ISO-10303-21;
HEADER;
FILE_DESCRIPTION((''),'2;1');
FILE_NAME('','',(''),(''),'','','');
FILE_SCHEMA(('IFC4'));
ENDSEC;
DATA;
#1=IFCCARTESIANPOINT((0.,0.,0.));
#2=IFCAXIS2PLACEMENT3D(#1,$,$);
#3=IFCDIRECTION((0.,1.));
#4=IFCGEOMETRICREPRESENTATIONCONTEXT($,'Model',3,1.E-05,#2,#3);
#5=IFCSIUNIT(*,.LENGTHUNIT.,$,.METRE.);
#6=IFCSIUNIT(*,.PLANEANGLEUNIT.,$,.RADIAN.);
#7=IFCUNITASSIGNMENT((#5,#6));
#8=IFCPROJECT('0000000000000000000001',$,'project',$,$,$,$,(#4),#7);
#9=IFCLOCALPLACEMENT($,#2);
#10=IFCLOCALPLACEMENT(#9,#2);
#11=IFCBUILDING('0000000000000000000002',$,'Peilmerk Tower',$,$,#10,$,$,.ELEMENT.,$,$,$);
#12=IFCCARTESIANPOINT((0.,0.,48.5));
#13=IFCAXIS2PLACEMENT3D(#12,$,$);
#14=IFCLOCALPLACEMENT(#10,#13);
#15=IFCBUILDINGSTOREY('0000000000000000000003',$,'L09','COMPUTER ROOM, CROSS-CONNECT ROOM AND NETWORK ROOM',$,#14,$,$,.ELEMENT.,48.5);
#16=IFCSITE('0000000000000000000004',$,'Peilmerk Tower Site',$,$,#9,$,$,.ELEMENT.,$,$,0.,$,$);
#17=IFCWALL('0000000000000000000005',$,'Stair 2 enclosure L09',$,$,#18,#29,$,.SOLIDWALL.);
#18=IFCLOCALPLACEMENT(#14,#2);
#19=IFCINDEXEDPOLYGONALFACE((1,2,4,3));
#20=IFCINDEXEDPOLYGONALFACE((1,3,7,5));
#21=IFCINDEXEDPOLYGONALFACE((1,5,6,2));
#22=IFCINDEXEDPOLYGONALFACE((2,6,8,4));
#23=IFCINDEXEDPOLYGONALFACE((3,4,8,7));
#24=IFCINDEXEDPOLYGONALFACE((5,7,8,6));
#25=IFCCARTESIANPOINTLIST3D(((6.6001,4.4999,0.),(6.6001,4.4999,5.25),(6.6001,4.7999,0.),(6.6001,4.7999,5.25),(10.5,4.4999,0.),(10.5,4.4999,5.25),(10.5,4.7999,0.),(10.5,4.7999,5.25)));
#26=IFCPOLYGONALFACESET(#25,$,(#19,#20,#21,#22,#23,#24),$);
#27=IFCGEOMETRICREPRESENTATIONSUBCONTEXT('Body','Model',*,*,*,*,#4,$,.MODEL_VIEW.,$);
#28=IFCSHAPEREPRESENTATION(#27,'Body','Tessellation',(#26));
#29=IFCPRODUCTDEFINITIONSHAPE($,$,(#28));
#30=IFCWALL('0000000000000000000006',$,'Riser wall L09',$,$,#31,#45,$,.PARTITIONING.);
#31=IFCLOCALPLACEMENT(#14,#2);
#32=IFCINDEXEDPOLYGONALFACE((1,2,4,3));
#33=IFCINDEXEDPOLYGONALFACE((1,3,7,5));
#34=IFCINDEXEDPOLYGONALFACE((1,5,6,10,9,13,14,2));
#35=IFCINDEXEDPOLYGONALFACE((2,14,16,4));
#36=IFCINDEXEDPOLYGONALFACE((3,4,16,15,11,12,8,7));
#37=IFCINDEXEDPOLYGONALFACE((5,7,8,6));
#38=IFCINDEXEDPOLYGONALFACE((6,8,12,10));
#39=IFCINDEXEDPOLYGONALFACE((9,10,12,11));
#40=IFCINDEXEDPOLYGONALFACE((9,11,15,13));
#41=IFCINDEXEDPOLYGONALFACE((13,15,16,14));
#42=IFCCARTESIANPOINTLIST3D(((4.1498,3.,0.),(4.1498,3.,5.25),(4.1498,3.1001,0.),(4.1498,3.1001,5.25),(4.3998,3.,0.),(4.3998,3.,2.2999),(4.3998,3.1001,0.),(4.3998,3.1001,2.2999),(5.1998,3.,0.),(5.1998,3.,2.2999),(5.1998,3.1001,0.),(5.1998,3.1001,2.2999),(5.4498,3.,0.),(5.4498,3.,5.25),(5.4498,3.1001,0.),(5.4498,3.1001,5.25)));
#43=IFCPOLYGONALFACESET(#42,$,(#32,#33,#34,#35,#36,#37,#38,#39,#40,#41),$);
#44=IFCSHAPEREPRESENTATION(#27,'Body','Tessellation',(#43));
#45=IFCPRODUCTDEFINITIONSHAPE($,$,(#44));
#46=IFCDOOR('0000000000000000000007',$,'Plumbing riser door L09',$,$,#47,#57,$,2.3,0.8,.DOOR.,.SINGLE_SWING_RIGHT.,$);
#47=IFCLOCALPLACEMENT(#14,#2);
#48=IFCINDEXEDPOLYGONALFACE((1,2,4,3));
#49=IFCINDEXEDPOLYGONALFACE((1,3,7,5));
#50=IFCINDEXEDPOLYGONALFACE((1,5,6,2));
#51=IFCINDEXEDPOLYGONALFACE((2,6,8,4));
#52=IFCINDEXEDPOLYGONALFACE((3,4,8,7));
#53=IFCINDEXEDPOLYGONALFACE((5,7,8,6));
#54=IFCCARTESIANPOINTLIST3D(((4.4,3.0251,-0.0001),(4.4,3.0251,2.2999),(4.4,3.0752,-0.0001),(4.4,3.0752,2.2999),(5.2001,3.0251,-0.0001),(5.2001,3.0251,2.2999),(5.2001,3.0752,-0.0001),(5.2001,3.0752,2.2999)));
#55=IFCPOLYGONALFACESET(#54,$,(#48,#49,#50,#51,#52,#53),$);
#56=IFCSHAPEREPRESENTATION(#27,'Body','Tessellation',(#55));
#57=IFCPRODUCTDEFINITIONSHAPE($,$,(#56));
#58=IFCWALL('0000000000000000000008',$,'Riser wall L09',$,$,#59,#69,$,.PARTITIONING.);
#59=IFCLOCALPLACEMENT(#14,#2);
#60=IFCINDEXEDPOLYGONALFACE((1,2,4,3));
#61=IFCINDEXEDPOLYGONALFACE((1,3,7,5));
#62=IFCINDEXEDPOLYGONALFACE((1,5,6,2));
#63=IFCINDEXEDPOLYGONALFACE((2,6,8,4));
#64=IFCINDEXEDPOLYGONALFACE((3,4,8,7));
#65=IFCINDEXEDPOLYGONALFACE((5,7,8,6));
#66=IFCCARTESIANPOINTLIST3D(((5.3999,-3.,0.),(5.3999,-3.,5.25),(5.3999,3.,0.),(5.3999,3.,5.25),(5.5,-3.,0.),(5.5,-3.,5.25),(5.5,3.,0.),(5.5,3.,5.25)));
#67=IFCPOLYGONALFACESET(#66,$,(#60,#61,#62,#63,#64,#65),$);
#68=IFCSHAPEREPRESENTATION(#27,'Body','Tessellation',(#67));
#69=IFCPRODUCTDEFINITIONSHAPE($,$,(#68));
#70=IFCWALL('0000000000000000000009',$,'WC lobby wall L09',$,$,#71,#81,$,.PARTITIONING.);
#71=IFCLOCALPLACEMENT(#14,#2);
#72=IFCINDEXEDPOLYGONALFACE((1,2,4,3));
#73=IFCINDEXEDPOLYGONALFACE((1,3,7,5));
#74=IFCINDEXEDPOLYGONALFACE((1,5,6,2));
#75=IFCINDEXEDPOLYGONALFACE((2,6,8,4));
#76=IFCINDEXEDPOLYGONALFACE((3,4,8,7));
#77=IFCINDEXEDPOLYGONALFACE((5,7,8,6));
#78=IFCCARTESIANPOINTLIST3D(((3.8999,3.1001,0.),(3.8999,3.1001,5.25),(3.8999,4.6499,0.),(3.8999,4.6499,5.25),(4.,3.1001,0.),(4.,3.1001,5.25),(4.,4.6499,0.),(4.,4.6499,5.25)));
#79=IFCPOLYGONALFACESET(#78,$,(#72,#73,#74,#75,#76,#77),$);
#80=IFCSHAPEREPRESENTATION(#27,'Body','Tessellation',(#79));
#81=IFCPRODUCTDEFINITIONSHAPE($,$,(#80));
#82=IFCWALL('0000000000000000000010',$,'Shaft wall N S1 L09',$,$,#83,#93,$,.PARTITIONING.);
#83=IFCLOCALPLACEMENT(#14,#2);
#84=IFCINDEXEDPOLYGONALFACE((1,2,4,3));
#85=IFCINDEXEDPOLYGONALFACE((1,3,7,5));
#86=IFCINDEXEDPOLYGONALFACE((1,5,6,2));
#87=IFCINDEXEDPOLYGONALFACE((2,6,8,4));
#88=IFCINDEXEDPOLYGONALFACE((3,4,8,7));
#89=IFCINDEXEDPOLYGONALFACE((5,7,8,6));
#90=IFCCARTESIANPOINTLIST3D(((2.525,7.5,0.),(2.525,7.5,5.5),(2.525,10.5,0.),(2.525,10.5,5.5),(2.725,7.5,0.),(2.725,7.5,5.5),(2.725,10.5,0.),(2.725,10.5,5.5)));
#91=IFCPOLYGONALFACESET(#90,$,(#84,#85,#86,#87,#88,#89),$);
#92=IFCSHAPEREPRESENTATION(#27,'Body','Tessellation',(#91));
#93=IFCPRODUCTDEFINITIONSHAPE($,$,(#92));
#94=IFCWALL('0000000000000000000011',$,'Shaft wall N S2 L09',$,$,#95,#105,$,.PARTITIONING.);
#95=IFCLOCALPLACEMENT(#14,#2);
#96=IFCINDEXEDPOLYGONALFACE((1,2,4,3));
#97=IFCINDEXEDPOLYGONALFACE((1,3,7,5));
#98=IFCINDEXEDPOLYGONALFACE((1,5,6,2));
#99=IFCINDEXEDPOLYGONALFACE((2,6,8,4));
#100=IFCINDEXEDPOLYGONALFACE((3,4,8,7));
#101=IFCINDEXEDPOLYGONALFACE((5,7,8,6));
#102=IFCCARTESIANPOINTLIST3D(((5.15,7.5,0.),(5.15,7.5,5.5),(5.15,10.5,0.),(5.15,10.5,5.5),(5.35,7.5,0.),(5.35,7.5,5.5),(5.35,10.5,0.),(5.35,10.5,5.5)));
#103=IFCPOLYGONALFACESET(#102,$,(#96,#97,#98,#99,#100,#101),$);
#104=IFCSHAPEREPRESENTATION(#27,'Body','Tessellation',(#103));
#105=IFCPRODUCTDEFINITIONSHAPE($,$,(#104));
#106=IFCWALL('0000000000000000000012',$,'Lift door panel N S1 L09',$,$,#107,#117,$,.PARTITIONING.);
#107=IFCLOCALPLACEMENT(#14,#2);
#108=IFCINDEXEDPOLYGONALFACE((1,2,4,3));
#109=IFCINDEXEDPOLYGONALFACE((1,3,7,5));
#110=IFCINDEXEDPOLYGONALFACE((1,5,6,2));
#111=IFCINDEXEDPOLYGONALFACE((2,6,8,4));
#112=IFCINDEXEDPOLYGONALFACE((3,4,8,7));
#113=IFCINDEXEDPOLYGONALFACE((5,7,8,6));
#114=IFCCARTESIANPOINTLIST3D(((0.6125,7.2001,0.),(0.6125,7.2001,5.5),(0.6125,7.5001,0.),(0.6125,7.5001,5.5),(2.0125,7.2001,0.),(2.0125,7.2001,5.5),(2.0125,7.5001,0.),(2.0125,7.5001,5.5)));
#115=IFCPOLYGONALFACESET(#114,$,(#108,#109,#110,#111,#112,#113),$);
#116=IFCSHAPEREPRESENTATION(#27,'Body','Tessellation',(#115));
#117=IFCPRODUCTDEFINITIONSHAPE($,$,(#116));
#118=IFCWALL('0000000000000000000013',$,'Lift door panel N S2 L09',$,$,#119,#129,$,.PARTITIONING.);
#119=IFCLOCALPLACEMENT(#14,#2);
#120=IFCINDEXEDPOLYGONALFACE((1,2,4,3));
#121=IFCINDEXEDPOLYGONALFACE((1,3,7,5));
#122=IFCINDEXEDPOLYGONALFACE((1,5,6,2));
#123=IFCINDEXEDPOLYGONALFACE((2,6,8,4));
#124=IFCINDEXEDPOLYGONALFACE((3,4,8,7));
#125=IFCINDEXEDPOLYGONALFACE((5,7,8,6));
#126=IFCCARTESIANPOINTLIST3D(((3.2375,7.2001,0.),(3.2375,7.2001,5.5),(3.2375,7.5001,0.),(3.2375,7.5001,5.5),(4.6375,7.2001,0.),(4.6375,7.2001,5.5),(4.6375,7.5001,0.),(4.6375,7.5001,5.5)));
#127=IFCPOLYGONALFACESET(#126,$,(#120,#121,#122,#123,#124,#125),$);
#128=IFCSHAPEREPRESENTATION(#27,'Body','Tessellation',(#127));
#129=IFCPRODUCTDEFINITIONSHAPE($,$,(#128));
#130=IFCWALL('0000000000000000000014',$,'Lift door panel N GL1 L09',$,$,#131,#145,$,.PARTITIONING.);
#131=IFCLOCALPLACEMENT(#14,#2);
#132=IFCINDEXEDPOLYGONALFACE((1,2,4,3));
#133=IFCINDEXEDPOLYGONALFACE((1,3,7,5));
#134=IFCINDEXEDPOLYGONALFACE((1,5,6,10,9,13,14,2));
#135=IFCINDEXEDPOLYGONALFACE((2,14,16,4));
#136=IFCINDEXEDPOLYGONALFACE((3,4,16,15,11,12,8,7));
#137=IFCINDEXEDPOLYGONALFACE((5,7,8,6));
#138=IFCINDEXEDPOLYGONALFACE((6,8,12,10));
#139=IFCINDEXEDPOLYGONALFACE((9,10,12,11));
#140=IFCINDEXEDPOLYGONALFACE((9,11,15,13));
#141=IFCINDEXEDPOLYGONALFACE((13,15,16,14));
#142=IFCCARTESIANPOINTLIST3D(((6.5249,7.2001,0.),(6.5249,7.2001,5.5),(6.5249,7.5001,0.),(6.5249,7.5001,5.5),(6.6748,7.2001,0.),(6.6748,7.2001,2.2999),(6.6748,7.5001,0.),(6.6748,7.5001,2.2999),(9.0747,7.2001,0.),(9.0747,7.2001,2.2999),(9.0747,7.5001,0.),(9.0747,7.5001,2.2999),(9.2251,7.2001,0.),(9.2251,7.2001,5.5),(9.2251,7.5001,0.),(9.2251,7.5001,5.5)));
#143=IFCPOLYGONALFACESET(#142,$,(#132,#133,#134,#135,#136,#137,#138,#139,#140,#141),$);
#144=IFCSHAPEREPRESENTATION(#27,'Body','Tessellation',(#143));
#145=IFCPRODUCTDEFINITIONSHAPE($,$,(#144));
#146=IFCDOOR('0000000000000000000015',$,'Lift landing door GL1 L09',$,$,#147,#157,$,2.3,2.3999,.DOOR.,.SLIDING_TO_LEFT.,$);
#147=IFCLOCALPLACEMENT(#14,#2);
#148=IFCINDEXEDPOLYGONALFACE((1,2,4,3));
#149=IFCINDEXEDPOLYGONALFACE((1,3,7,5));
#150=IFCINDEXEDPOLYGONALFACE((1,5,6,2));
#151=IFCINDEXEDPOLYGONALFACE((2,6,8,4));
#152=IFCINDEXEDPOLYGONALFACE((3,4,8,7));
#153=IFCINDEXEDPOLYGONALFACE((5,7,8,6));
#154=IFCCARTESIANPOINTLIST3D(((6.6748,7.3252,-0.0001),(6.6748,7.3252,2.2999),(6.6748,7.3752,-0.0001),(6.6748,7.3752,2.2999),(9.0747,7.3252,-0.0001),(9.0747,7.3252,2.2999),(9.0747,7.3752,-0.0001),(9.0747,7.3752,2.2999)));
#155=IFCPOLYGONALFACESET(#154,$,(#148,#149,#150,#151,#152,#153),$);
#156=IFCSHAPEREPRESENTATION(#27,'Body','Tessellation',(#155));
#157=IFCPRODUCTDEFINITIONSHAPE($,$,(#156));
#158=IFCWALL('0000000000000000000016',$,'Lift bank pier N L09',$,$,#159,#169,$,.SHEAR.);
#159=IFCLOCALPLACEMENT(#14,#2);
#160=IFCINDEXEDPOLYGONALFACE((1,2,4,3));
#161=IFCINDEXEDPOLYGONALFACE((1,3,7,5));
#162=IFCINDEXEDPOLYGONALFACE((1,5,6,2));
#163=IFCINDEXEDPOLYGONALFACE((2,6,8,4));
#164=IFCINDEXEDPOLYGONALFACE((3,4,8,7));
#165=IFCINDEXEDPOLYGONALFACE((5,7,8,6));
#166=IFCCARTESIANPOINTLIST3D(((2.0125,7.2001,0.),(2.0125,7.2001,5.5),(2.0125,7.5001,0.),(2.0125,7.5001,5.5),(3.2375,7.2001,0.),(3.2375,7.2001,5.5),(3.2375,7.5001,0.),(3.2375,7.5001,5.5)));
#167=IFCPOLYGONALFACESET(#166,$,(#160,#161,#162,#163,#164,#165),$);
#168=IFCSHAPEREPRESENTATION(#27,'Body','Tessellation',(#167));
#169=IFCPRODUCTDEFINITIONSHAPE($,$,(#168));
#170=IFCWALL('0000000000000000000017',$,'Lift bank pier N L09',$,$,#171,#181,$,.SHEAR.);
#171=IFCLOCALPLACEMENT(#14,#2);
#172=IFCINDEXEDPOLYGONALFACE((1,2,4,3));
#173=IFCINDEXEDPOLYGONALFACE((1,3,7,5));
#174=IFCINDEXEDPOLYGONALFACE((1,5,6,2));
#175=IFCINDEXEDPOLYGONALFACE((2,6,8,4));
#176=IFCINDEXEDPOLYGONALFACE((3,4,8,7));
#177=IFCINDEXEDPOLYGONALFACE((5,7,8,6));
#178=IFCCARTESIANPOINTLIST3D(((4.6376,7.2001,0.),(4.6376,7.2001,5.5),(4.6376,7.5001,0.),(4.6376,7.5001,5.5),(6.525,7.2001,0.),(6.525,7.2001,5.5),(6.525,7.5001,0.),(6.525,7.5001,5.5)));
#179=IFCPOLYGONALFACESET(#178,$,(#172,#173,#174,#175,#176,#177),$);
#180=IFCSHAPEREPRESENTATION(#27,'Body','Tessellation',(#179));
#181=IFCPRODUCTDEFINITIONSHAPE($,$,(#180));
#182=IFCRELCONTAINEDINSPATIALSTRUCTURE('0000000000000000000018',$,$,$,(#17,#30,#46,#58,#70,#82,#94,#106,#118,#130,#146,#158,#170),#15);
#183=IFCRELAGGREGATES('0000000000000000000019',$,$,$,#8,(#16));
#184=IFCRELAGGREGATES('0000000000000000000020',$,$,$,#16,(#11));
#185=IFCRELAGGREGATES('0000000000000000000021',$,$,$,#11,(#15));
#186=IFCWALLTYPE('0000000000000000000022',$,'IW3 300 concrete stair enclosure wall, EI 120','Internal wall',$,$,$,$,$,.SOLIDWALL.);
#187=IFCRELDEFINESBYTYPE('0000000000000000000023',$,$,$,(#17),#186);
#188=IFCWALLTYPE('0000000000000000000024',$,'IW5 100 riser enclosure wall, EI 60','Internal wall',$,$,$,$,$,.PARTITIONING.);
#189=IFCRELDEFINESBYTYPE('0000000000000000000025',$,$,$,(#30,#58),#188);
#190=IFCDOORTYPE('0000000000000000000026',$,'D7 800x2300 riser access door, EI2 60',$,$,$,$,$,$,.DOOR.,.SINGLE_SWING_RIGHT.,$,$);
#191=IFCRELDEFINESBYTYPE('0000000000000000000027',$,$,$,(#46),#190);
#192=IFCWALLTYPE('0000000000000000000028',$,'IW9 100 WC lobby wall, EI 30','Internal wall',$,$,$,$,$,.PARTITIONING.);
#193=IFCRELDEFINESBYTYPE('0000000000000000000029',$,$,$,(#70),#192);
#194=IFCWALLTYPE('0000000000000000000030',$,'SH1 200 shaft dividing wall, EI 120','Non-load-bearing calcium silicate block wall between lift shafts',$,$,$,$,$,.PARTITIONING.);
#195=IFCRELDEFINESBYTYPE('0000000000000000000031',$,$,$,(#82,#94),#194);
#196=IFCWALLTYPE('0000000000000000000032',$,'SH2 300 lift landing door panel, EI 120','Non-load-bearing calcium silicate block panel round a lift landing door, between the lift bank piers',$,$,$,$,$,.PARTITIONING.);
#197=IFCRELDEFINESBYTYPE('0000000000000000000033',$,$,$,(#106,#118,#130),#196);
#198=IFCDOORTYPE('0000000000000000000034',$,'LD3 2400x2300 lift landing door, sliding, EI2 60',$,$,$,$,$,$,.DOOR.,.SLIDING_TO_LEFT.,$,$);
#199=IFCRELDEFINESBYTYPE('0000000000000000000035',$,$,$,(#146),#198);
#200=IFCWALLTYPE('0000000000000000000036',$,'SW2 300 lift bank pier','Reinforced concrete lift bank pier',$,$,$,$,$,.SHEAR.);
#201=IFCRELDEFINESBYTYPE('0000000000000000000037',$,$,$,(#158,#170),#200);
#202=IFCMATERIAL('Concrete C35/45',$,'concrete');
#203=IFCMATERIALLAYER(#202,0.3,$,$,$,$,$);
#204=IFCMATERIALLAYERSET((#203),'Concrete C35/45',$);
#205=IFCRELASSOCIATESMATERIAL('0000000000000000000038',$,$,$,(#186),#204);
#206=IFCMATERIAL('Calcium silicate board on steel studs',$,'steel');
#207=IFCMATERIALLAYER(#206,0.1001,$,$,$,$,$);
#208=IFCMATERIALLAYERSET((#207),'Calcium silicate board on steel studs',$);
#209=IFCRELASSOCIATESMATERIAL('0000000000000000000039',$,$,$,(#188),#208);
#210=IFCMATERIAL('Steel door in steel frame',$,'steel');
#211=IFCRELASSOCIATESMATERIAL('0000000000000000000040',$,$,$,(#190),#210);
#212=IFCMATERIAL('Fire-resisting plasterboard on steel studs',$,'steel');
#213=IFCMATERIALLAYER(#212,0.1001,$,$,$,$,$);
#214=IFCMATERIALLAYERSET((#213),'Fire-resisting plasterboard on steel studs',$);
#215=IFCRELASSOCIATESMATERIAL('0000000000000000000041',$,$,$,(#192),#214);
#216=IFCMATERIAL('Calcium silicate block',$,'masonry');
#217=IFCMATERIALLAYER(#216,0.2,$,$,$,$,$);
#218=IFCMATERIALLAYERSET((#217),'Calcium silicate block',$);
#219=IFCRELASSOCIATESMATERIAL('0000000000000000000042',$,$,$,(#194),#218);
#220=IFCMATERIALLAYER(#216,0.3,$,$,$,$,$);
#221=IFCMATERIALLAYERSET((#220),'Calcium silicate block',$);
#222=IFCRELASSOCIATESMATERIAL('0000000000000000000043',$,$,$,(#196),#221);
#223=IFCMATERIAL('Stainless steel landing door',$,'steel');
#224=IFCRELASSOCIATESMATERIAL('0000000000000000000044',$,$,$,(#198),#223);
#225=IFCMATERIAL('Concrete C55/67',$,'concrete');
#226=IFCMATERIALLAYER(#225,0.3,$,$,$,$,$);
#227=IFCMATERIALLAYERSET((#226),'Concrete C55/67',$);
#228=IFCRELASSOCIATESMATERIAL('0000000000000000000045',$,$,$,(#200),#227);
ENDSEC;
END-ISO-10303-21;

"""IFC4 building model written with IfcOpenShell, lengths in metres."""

from ifc_helpers import new_model, si_unit, direction, frame, frame_2d, origin, place, context, subcontext, project, spatial, rectangle, extrude, material, layer, layer_set, type_object, element, fill, save


model = new_model("IFC4")

# Units and contexts
model_context = context("Model", 3, precision=1e-05, world=origin(), true_north=direction((0.0, 1.0)))
body_context = subcontext(model_context, "Body", "Model", "MODEL_VIEW")
ifc_project = project(units=[si_unit("LENGTHUNIT", "METRE"), si_unit("PLANEANGLEUNIT", "RADIAN")], contexts=[model_context])

# Site, building, storey
site_placement = place(None, origin())
site = spatial("IfcSite", under=ifc_project, at=site_placement, Name="Peilmerk Tower Site", CompositionType="ELEMENT", RefElevation=0.0)
building_placement = place(site_placement, origin())
building = spatial("IfcBuilding", under=site, at=building_placement, Name="Peilmerk Tower", CompositionType="ELEMENT")
storey_placement = place(building_placement, frame((0.0, 0.0, 48.5)))
storey = spatial("IfcBuildingStorey", under=building, at=storey_placement, Name="L09", Description="COMPUTER ROOM, CROSS-CONNECT ROOM AND NETWORK ROOM", CompositionType="ELEMENT", Elevation=48.5)

# Wall
ifc_material_1 = material(Name="Concrete C35/45", Category="concrete")
ifc_layer_1 = layer(ifc_material_1, 0.3)
ifc_layer_set_1 = layer_set([ifc_layer_1], Name="Concrete C35/45")
wall_type_1 = type_object("IfcWallType", Name="IW3 300 concrete stair enclosure wall, EI 120", Description="Internal wall", PredefinedType="SOLIDWALL", material=ifc_layer_set_1)
wall_1_placement = place(storey_placement, frame((6.6001, 4.6499, 0.0), z_axis=(0.0, 0.0, 1.0), x_axis=(1.0, 0.0, 0.0)))
element("IfcWall", 1, at=wall_1_placement, inside=storey, type_object=wall_type_1, Name="Stair 2 enclosure L09", PredefinedType="SOLIDWALL", context=body_context, shape_type="SweptSolid", body=[
    extrude(rectangle(XDim=3.8999, YDim=0.3, at=frame_2d((1.95, 0.0))), origin(), (0.0, 0.0, 1.0), 5.25),
])

# Wall, opening, door
ifc_material_2 = material(Name="Calcium silicate board on steel studs", Category="steel")
ifc_layer_2 = layer(ifc_material_2, 0.1001)
ifc_layer_set_2 = layer_set([ifc_layer_2], Name="Calcium silicate board on steel studs")
wall_type_2 = type_object("IfcWallType", Name="IW5 100 riser enclosure wall, EI 60", Description="Internal wall", PredefinedType="PARTITIONING", material=ifc_layer_set_2)
wall_2_placement = place(storey_placement, frame((4.1499, 3.05, 0.0), z_axis=(0.0, 0.0, 1.0), x_axis=(1.0, 0.0, 0.0)))
wall_2 = element("IfcWall", 2, at=wall_2_placement, inside=storey, type_object=wall_type_2, Name="Riser wall L09", PredefinedType="PARTITIONING", context=body_context, shape_type="SweptSolid", body=[
    extrude(rectangle(XDim=1.3, YDim=0.1001, at=frame_2d((0.6499, 0.0))), origin(), (0.0, 0.0, 1.0), 5.25),
])
opening_1_placement = place(wall_2_placement, frame((0.25, 0.0, 0.0)))
opening_1 = element("IfcOpeningElement", 3, at=opening_1_placement, cuts=wall_2, PredefinedType="OPENING", context=body_context, shape_type="SweptSolid", body=[
    extrude(rectangle(XDim=0.8, YDim=2.3, at=frame_2d((0.3999, 1.1499))), frame((0.0, 0.0601, 0.0), z_axis=(0.0, -1.0, 0.0), x_axis=(1.0, 0.0, 0.0)), (0.0, 0.0, 1.0), 0.1201),
])
ifc_material_3 = material(Name="Steel door in steel frame", Category="steel")
door_type_1 = type_object("IfcDoorType", Name="D7 800x2300 riser access door, EI2 60", OperationType="SINGLE_SWING_RIGHT", PredefinedType="DOOR", material=ifc_material_3)
door_1_placement = place(opening_1_placement, frame((0.8, 0.0, 0.0), z_axis=(0.0, 0.0, 1.0), x_axis=(-1.0, 0.0, 0.0)))
door_1 = element("IfcDoor", 4, at=door_1_placement, inside=storey, type_object=door_type_1, Name="Plumbing riser door L09", OperationType="SINGLE_SWING_RIGHT", OverallHeight=2.3, OverallWidth=0.8, PredefinedType="DOOR", context=body_context, shape_type="SweptSolid", body=[
    extrude(rectangle(XDim=0.8, YDim=2.3, at=frame_2d((0.3999, 1.1499))), frame((0.0, 0.0249, 0.0), z_axis=(0.0, -1.0, 0.0), x_axis=(1.0, 0.0, 0.0)), (0.0, 0.0, 1.0), 0.05),
])
fill(opening_1, door_1)

# Walls
wall_3_placement = place(storey_placement, frame((5.45, 3.0, 0.0), z_axis=(0.0, 0.0, 1.0), x_axis=(0.0, -1.0, 0.0)))
element("IfcWall", 5, at=wall_3_placement, inside=storey, type_object=wall_type_2, Name="Riser wall L09", PredefinedType="PARTITIONING", context=body_context, shape_type="SweptSolid", body=[
    extrude(rectangle(XDim=6.0, YDim=0.1001, at=frame_2d((3.0, 0.0))), origin(), (0.0, 0.0, 1.0), 5.25),
])
ifc_material_4 = material(Name="Fire-resisting plasterboard on steel studs", Category="steel")
ifc_layer_3 = layer(ifc_material_4, 0.1001)
ifc_layer_set_3 = layer_set([ifc_layer_3], Name="Fire-resisting plasterboard on steel studs")
wall_type_3 = type_object("IfcWallType", Name="IW9 100 WC lobby wall, EI 30", Description="Internal wall", PredefinedType="PARTITIONING", material=ifc_layer_set_3)
wall_4_placement = place(storey_placement, frame((3.95, 3.1001, 0.0), z_axis=(0.0, 0.0, 1.0), x_axis=(0.0, 1.0, 0.0)))
element("IfcWall", 6, at=wall_4_placement, inside=storey, type_object=wall_type_3, Name="WC lobby wall L09", PredefinedType="PARTITIONING", context=body_context, shape_type="SweptSolid", body=[
    extrude(rectangle(XDim=1.5498, YDim=0.1001, at=frame_2d((0.7749, 0.0))), origin(), (0.0, 0.0, 1.0), 5.25),
])
ifc_material_5 = material(Name="Calcium silicate block", Category="masonry")
ifc_layer_4 = layer(ifc_material_5, 0.2)
ifc_layer_set_4 = layer_set([ifc_layer_4], Name="Calcium silicate block")
wall_type_4 = type_object("IfcWallType", Name="SH1 200 shaft dividing wall, EI 120", Description="Non-load-bearing calcium silicate block wall between lift shafts", PredefinedType="PARTITIONING", material=ifc_layer_set_4)
for number, where, z_axis, x_axis, name in (
    (7, (2.625, 7.5, 0.0), (0.0, 0.0, 1.0), (0.0, 1.0, 0.0), "Shaft wall N S1 L09"),
    (8, (5.25, 7.5, 0.0), (0.0, 0.0, 1.0), (0.0, 1.0, 0.0), "Shaft wall N S2 L09"),
):
    element("IfcWall", number, at=place(storey_placement, frame(where, z_axis=z_axis, x_axis=x_axis)), inside=storey, type_object=wall_type_4, Name=name, PredefinedType="PARTITIONING", context=body_context, shape_type="SweptSolid", body=[
        extrude(rectangle(XDim=3.0, YDim=0.2, at=frame_2d((1.5, 0.0))), origin(), (0.0, 0.0, 1.0), 5.5),
    ])
ifc_layer_5 = layer(ifc_material_5, 0.3)
ifc_layer_set_5 = layer_set([ifc_layer_5], Name="Calcium silicate block")
wall_type_5 = type_object("IfcWallType", Name="SH2 300 lift landing door panel, EI 120", Description="Non-load-bearing calcium silicate block panel round a lift landing door, between the lift bank piers", PredefinedType="PARTITIONING", material=ifc_layer_set_5)
for number, where, z_axis, x_axis, name in (
    (9, (0.6125, 7.3501, 0.0), (0.0, 0.0, 1.0), (1.0, 0.0, 0.0), "Lift door panel N S1 L09"),
    (10, (3.2375, 7.3501, 0.0), (0.0, 0.0, 1.0), (1.0, 0.0, 0.0), "Lift door panel N S2 L09"),
):
    element("IfcWall", number, at=place(storey_placement, frame(where, z_axis=z_axis, x_axis=x_axis)), inside=storey, type_object=wall_type_5, Name=name, PredefinedType="PARTITIONING", context=body_context, shape_type="SweptSolid", body=[
        extrude(rectangle(XDim=1.3999, YDim=0.3, at=frame_2d((0.7, 0.0))), origin(), (0.0, 0.0, 1.0), 5.5),
    ])

# Wall, opening, door
wall_5_placement = place(storey_placement, frame((6.5249, 7.3501, 0.0), z_axis=(0.0, 0.0, 1.0), x_axis=(1.0, 0.0, 0.0)))
wall_5 = element("IfcWall", 11, at=wall_5_placement, inside=storey, type_object=wall_type_5, Name="Lift door panel N GL1 L09", PredefinedType="PARTITIONING", context=body_context, shape_type="SweptSolid", body=[
    extrude(rectangle(XDim=2.7002, YDim=0.3, at=frame_2d((1.3501, 0.0))), origin(), (0.0, 0.0, 1.0), 5.5),
])
opening_2_placement = place(wall_5_placement, frame((0.1499, 0.0, 0.0)))
opening_2 = element("IfcOpeningElement", 12, at=opening_2_placement, cuts=wall_5, PredefinedType="OPENING", context=body_context, shape_type="SweptSolid", body=[
    extrude(rectangle(XDim=2.3999, YDim=2.3, at=frame_2d((1.2, 1.1499))), frame((0.0, 0.1599, 0.0), z_axis=(0.0, -1.0, 0.0), x_axis=(1.0, 0.0, 0.0)), (0.0, 0.0, 1.0), 0.3201),
])
ifc_material_6 = material(Name="Stainless steel landing door", Category="steel")
door_type_2 = type_object("IfcDoorType", Name="LD3 2400x2300 lift landing door, sliding, EI2 60", OperationType="SLIDING_TO_LEFT", PredefinedType="DOOR", material=ifc_material_6)
door_2_placement = place(opening_2_placement, frame((2.3999, 0.0, 0.0), z_axis=(0.0, 0.0, 1.0), x_axis=(-1.0, 0.0, 0.0)))
door_2 = element("IfcDoor", 13, at=door_2_placement, inside=storey, type_object=door_type_2, Name="Lift landing door GL1 L09", OperationType="SLIDING_TO_LEFT", OverallHeight=2.3, OverallWidth=2.3999, PredefinedType="DOOR", context=body_context, shape_type="SweptSolid", body=[
    extrude(rectangle(XDim=2.3999, YDim=2.3, at=frame_2d((1.2, 1.1499))), frame((0.0, 0.0249, 0.0), z_axis=(0.0, -1.0, 0.0), x_axis=(1.0, 0.0, 0.0)), (0.0, 0.0, 1.0), 0.05),
])
fill(opening_2, door_2)

# Walls
ifc_material_7 = material(Name="Concrete C55/67", Category="concrete")
ifc_layer_6 = layer(ifc_material_7, 0.3)
ifc_layer_set_6 = layer_set([ifc_layer_6], Name="Concrete C55/67")
wall_type_6 = type_object("IfcWallType", Name="SW2 300 lift bank pier", Description="Reinforced concrete lift bank pier", PredefinedType="SHEAR", material=ifc_layer_set_6)
wall_6_placement = place(storey_placement, frame((2.0125, 7.3501, 0.0), z_axis=(0.0, 0.0, 1.0), x_axis=(1.0, 0.0, 0.0)))
element("IfcWall", 14, at=wall_6_placement, inside=storey, type_object=wall_type_6, Name="Lift bank pier N L09", PredefinedType="SHEAR", context=body_context, shape_type="SweptSolid", body=[
    extrude(rectangle(XDim=1.2251, YDim=0.3, at=frame_2d((0.6125, 0.0))), origin(), (0.0, 0.0, 1.0), 5.5),
])
wall_7_placement = place(storey_placement, frame((4.6375, 7.3501, 0.0), z_axis=(0.0, 0.0, 1.0), x_axis=(1.0, 0.0, 0.0)))
element("IfcWall", 15, at=wall_7_placement, inside=storey, type_object=wall_type_6, Name="Lift bank pier N L09", PredefinedType="SHEAR", context=body_context, shape_type="SweptSolid", body=[
    extrude(rectangle(XDim=1.8875, YDim=0.3, at=frame_2d((0.9438, 0.0))), origin(), (0.0, 0.0, 1.0), 5.5),
])

save(model, "model.ifc")
